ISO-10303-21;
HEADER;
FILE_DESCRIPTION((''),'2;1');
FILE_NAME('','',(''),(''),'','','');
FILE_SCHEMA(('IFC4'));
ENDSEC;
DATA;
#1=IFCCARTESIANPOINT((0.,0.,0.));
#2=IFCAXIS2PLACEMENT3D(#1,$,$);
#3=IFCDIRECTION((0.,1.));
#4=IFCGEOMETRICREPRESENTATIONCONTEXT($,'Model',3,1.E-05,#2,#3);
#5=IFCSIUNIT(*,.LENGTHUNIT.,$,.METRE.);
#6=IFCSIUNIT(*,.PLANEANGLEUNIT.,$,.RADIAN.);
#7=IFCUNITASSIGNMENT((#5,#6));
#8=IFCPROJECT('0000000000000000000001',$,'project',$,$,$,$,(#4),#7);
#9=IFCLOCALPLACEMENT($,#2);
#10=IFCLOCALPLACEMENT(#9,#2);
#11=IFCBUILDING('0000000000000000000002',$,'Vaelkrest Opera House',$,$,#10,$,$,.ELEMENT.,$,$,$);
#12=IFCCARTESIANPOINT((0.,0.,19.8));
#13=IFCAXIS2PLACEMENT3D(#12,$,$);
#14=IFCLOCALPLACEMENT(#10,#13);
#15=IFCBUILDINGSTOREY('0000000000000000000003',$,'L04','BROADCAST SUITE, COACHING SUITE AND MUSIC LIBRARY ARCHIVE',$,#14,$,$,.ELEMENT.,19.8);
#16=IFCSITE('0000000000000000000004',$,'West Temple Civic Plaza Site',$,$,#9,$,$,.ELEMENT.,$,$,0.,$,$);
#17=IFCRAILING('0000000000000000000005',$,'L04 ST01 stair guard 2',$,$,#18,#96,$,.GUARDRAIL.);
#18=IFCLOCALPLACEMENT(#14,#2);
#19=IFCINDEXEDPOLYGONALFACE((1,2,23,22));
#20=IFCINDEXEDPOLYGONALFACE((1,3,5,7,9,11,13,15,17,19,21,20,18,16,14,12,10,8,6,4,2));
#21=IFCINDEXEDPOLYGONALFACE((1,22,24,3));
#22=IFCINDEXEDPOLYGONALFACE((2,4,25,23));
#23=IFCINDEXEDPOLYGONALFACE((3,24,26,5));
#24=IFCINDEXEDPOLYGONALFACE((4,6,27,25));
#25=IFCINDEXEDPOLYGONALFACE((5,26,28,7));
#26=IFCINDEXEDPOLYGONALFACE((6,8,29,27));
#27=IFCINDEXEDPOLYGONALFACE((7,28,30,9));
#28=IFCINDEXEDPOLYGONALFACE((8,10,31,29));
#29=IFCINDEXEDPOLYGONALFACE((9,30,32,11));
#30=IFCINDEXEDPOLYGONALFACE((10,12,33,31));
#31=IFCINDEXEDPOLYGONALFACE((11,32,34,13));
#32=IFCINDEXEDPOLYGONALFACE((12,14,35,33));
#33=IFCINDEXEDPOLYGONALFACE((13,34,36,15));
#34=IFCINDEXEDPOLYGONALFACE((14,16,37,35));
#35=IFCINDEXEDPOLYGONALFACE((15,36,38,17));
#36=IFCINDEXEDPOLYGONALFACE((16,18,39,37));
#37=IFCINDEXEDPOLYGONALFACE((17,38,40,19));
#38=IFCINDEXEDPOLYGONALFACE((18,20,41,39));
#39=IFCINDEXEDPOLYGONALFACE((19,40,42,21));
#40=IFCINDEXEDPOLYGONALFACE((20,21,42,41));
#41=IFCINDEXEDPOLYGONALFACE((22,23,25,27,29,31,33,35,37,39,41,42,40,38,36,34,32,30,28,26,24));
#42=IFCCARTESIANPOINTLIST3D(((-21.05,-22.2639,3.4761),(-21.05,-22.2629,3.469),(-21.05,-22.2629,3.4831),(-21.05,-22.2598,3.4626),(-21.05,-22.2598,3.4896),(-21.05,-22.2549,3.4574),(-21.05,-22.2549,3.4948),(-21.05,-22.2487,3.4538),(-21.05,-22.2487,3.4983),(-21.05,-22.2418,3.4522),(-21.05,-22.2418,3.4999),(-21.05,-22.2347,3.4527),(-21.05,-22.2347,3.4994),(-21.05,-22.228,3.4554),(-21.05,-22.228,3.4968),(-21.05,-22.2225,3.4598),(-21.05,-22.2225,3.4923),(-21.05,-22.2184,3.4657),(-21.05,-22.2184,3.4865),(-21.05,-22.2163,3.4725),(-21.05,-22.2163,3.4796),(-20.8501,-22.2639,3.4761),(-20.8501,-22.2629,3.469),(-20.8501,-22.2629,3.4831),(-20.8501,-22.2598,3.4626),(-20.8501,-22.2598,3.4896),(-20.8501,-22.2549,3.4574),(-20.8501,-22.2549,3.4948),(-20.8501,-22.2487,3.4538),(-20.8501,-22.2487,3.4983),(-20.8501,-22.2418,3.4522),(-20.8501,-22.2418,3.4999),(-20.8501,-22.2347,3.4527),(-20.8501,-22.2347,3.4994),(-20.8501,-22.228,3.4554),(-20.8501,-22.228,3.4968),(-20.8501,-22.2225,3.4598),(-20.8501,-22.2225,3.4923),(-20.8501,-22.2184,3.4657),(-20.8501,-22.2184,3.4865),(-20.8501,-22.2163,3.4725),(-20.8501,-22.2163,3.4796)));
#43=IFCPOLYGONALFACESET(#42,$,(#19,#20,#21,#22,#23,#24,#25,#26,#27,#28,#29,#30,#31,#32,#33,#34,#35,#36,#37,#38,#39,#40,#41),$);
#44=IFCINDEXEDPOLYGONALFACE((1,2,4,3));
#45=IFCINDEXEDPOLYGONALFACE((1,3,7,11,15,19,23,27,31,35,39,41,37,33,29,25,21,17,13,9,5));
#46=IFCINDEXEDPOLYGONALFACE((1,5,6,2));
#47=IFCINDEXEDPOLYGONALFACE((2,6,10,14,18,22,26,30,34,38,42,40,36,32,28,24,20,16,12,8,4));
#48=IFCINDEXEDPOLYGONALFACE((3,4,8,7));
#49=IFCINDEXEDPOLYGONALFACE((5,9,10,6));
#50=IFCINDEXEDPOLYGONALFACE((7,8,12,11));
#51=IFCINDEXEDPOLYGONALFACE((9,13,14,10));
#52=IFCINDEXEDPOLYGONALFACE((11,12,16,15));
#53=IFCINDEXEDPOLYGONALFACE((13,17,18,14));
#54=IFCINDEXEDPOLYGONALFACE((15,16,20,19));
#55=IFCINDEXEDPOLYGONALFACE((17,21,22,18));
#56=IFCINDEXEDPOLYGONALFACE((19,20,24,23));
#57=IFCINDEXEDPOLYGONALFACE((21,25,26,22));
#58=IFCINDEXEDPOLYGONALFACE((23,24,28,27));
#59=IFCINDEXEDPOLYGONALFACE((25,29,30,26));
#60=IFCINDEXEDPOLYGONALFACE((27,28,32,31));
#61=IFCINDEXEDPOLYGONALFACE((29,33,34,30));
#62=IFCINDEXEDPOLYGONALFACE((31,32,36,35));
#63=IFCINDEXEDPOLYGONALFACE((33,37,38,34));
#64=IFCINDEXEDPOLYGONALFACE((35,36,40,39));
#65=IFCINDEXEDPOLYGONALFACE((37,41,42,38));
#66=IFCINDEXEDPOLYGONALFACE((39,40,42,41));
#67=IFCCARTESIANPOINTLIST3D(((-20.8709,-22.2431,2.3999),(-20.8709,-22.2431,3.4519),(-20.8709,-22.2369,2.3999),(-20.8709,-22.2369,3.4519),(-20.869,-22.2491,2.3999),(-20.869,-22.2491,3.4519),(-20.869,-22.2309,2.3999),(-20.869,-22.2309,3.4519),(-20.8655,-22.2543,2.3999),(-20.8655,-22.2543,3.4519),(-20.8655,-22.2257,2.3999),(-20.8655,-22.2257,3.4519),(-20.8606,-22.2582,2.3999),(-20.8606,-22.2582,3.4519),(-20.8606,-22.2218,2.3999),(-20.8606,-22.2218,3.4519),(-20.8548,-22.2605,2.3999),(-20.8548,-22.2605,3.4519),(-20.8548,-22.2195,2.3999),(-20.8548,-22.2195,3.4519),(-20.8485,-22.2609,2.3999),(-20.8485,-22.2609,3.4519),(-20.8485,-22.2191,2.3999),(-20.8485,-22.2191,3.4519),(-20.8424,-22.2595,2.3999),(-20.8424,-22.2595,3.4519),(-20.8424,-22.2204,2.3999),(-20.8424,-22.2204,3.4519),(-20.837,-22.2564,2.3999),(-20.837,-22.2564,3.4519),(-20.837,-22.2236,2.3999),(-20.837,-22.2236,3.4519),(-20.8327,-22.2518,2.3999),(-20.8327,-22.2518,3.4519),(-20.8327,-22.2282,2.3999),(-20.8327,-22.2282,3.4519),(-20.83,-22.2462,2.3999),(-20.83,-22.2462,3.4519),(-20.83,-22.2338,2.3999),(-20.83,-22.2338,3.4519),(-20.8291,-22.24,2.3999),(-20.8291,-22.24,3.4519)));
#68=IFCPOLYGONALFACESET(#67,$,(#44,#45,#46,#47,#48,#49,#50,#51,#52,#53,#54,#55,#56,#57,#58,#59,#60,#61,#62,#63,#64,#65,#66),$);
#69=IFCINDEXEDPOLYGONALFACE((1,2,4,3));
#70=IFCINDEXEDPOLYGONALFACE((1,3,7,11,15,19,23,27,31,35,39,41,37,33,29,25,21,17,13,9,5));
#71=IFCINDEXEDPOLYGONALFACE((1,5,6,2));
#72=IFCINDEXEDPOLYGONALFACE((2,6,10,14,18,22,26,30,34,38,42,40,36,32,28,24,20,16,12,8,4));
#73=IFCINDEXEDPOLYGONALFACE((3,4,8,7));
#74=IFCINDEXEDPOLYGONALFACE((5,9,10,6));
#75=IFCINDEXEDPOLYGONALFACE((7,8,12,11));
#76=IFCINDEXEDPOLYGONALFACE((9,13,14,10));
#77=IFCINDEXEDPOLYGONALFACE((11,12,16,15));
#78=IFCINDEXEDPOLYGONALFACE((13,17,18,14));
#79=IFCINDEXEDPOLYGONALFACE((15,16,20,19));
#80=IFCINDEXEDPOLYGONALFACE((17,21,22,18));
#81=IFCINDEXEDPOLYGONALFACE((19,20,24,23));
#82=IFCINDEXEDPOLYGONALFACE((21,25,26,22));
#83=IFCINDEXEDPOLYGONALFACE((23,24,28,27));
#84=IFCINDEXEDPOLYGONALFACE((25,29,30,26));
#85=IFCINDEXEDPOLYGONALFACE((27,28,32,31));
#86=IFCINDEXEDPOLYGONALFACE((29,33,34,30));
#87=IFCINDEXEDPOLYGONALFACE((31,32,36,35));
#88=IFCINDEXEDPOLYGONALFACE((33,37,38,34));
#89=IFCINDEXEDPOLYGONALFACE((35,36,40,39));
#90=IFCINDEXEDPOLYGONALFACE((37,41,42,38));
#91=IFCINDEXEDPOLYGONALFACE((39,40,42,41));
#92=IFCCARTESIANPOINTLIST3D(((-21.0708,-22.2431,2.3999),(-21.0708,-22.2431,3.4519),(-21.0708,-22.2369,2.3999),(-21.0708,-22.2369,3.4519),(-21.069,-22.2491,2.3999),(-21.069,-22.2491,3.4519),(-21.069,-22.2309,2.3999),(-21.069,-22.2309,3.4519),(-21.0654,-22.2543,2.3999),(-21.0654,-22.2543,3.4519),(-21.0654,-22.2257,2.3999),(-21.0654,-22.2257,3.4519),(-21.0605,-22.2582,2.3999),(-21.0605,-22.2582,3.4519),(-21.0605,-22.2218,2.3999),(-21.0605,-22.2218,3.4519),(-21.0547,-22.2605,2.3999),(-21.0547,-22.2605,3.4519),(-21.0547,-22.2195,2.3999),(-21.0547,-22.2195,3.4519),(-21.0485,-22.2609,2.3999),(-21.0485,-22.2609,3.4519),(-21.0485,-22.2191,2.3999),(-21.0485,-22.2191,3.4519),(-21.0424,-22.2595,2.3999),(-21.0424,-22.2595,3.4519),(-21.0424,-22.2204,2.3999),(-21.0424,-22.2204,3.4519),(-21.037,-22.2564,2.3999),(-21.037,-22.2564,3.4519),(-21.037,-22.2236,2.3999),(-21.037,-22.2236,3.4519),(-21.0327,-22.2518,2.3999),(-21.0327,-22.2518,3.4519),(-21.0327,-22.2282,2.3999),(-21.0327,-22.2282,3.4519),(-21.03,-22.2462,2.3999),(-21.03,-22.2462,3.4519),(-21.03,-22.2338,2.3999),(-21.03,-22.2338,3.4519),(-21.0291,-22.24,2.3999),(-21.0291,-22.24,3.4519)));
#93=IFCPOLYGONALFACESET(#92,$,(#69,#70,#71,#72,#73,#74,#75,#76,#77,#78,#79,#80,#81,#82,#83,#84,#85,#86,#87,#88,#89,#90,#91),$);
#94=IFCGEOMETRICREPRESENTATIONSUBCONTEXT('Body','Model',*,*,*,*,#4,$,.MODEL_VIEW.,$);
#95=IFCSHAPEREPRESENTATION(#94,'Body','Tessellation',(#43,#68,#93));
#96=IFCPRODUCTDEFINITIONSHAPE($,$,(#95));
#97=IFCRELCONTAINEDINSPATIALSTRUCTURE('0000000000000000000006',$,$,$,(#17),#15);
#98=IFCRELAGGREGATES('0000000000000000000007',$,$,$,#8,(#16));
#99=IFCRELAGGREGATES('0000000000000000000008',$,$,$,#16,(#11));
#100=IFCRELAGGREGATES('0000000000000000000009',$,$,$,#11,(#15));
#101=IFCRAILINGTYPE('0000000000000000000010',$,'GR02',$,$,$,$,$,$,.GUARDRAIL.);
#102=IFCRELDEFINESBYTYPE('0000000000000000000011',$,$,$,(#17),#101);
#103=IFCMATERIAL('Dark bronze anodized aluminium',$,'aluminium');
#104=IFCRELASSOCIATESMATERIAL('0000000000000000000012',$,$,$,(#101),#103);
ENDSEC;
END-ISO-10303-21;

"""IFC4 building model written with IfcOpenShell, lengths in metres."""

from ifc_helpers import new_model, si_unit, direction, frame, origin, origin_2d, place, context, subcontext, project, spatial, circle, extrude, material, type_object, element, save


model = new_model("IFC4")

# Units and contexts
model_context = context("Model", 3, precision=1e-05, world=origin(), true_north=direction((0.0, 1.0)))
body_context = subcontext(model_context, "Body", "Model", "MODEL_VIEW")
ifc_project = project(units=[si_unit("LENGTHUNIT", "METRE"), si_unit("PLANEANGLEUNIT", "RADIAN")], contexts=[model_context])

# Site, building, storey
site_placement = place(None, origin())
site = spatial("IfcSite", under=ifc_project, at=site_placement, Name="West Temple Civic Plaza Site", CompositionType="ELEMENT", RefElevation=0.0)
building_placement = place(site_placement, origin())
building = spatial("IfcBuilding", under=site, at=building_placement, Name="Vaelkrest Opera House", CompositionType="ELEMENT")
storey_placement = place(building_placement, frame((0.0, 0.0, 19.8)))
storey = spatial("IfcBuildingStorey", under=building, at=storey_placement, Name="L04", Description="BROADCAST SUITE, COACHING SUITE AND MUSIC LIBRARY ARCHIVE", CompositionType="ELEMENT", Elevation=19.8)

# Shared definitions
ifc_material_1 = material(Name="Dark bronze anodized aluminium", Category="aluminium")

# Railing
railing_type_1 = type_object("IfcRailingType", Name="GR02", PredefinedType="GUARDRAIL", material=ifc_material_1)
railing_1_placement = place(storey_placement, frame((-20.8501, -22.24, 2.3999)))
element("IfcRailing", 1, at=railing_1_placement, inside=storey, type_object=railing_type_1, Name="L04 ST01 stair guard 2", PredefinedType="GUARDRAIL", context=body_context, shape_type="SweptSolid", body=[
    extrude(circle(Radius=0.0239, at=origin_2d()), frame((0.0, 0.0, 1.0762), z_axis=(-1.0, 0.0, 0.0), x_axis=(0.0, -1.0, 0.0)), (0.0, 0.0, 1.0), 0.2),
    extrude(circle(Radius=0.021, at=origin_2d()), origin(), (0.0, 0.0, 1.0), 1.052),
    extrude(circle(Radius=0.021, at=origin_2d()), frame((-0.2, 0.0, 0.0)), (0.0, 0.0, 1.0), 1.052),
])

save(model, "model.ifc")
